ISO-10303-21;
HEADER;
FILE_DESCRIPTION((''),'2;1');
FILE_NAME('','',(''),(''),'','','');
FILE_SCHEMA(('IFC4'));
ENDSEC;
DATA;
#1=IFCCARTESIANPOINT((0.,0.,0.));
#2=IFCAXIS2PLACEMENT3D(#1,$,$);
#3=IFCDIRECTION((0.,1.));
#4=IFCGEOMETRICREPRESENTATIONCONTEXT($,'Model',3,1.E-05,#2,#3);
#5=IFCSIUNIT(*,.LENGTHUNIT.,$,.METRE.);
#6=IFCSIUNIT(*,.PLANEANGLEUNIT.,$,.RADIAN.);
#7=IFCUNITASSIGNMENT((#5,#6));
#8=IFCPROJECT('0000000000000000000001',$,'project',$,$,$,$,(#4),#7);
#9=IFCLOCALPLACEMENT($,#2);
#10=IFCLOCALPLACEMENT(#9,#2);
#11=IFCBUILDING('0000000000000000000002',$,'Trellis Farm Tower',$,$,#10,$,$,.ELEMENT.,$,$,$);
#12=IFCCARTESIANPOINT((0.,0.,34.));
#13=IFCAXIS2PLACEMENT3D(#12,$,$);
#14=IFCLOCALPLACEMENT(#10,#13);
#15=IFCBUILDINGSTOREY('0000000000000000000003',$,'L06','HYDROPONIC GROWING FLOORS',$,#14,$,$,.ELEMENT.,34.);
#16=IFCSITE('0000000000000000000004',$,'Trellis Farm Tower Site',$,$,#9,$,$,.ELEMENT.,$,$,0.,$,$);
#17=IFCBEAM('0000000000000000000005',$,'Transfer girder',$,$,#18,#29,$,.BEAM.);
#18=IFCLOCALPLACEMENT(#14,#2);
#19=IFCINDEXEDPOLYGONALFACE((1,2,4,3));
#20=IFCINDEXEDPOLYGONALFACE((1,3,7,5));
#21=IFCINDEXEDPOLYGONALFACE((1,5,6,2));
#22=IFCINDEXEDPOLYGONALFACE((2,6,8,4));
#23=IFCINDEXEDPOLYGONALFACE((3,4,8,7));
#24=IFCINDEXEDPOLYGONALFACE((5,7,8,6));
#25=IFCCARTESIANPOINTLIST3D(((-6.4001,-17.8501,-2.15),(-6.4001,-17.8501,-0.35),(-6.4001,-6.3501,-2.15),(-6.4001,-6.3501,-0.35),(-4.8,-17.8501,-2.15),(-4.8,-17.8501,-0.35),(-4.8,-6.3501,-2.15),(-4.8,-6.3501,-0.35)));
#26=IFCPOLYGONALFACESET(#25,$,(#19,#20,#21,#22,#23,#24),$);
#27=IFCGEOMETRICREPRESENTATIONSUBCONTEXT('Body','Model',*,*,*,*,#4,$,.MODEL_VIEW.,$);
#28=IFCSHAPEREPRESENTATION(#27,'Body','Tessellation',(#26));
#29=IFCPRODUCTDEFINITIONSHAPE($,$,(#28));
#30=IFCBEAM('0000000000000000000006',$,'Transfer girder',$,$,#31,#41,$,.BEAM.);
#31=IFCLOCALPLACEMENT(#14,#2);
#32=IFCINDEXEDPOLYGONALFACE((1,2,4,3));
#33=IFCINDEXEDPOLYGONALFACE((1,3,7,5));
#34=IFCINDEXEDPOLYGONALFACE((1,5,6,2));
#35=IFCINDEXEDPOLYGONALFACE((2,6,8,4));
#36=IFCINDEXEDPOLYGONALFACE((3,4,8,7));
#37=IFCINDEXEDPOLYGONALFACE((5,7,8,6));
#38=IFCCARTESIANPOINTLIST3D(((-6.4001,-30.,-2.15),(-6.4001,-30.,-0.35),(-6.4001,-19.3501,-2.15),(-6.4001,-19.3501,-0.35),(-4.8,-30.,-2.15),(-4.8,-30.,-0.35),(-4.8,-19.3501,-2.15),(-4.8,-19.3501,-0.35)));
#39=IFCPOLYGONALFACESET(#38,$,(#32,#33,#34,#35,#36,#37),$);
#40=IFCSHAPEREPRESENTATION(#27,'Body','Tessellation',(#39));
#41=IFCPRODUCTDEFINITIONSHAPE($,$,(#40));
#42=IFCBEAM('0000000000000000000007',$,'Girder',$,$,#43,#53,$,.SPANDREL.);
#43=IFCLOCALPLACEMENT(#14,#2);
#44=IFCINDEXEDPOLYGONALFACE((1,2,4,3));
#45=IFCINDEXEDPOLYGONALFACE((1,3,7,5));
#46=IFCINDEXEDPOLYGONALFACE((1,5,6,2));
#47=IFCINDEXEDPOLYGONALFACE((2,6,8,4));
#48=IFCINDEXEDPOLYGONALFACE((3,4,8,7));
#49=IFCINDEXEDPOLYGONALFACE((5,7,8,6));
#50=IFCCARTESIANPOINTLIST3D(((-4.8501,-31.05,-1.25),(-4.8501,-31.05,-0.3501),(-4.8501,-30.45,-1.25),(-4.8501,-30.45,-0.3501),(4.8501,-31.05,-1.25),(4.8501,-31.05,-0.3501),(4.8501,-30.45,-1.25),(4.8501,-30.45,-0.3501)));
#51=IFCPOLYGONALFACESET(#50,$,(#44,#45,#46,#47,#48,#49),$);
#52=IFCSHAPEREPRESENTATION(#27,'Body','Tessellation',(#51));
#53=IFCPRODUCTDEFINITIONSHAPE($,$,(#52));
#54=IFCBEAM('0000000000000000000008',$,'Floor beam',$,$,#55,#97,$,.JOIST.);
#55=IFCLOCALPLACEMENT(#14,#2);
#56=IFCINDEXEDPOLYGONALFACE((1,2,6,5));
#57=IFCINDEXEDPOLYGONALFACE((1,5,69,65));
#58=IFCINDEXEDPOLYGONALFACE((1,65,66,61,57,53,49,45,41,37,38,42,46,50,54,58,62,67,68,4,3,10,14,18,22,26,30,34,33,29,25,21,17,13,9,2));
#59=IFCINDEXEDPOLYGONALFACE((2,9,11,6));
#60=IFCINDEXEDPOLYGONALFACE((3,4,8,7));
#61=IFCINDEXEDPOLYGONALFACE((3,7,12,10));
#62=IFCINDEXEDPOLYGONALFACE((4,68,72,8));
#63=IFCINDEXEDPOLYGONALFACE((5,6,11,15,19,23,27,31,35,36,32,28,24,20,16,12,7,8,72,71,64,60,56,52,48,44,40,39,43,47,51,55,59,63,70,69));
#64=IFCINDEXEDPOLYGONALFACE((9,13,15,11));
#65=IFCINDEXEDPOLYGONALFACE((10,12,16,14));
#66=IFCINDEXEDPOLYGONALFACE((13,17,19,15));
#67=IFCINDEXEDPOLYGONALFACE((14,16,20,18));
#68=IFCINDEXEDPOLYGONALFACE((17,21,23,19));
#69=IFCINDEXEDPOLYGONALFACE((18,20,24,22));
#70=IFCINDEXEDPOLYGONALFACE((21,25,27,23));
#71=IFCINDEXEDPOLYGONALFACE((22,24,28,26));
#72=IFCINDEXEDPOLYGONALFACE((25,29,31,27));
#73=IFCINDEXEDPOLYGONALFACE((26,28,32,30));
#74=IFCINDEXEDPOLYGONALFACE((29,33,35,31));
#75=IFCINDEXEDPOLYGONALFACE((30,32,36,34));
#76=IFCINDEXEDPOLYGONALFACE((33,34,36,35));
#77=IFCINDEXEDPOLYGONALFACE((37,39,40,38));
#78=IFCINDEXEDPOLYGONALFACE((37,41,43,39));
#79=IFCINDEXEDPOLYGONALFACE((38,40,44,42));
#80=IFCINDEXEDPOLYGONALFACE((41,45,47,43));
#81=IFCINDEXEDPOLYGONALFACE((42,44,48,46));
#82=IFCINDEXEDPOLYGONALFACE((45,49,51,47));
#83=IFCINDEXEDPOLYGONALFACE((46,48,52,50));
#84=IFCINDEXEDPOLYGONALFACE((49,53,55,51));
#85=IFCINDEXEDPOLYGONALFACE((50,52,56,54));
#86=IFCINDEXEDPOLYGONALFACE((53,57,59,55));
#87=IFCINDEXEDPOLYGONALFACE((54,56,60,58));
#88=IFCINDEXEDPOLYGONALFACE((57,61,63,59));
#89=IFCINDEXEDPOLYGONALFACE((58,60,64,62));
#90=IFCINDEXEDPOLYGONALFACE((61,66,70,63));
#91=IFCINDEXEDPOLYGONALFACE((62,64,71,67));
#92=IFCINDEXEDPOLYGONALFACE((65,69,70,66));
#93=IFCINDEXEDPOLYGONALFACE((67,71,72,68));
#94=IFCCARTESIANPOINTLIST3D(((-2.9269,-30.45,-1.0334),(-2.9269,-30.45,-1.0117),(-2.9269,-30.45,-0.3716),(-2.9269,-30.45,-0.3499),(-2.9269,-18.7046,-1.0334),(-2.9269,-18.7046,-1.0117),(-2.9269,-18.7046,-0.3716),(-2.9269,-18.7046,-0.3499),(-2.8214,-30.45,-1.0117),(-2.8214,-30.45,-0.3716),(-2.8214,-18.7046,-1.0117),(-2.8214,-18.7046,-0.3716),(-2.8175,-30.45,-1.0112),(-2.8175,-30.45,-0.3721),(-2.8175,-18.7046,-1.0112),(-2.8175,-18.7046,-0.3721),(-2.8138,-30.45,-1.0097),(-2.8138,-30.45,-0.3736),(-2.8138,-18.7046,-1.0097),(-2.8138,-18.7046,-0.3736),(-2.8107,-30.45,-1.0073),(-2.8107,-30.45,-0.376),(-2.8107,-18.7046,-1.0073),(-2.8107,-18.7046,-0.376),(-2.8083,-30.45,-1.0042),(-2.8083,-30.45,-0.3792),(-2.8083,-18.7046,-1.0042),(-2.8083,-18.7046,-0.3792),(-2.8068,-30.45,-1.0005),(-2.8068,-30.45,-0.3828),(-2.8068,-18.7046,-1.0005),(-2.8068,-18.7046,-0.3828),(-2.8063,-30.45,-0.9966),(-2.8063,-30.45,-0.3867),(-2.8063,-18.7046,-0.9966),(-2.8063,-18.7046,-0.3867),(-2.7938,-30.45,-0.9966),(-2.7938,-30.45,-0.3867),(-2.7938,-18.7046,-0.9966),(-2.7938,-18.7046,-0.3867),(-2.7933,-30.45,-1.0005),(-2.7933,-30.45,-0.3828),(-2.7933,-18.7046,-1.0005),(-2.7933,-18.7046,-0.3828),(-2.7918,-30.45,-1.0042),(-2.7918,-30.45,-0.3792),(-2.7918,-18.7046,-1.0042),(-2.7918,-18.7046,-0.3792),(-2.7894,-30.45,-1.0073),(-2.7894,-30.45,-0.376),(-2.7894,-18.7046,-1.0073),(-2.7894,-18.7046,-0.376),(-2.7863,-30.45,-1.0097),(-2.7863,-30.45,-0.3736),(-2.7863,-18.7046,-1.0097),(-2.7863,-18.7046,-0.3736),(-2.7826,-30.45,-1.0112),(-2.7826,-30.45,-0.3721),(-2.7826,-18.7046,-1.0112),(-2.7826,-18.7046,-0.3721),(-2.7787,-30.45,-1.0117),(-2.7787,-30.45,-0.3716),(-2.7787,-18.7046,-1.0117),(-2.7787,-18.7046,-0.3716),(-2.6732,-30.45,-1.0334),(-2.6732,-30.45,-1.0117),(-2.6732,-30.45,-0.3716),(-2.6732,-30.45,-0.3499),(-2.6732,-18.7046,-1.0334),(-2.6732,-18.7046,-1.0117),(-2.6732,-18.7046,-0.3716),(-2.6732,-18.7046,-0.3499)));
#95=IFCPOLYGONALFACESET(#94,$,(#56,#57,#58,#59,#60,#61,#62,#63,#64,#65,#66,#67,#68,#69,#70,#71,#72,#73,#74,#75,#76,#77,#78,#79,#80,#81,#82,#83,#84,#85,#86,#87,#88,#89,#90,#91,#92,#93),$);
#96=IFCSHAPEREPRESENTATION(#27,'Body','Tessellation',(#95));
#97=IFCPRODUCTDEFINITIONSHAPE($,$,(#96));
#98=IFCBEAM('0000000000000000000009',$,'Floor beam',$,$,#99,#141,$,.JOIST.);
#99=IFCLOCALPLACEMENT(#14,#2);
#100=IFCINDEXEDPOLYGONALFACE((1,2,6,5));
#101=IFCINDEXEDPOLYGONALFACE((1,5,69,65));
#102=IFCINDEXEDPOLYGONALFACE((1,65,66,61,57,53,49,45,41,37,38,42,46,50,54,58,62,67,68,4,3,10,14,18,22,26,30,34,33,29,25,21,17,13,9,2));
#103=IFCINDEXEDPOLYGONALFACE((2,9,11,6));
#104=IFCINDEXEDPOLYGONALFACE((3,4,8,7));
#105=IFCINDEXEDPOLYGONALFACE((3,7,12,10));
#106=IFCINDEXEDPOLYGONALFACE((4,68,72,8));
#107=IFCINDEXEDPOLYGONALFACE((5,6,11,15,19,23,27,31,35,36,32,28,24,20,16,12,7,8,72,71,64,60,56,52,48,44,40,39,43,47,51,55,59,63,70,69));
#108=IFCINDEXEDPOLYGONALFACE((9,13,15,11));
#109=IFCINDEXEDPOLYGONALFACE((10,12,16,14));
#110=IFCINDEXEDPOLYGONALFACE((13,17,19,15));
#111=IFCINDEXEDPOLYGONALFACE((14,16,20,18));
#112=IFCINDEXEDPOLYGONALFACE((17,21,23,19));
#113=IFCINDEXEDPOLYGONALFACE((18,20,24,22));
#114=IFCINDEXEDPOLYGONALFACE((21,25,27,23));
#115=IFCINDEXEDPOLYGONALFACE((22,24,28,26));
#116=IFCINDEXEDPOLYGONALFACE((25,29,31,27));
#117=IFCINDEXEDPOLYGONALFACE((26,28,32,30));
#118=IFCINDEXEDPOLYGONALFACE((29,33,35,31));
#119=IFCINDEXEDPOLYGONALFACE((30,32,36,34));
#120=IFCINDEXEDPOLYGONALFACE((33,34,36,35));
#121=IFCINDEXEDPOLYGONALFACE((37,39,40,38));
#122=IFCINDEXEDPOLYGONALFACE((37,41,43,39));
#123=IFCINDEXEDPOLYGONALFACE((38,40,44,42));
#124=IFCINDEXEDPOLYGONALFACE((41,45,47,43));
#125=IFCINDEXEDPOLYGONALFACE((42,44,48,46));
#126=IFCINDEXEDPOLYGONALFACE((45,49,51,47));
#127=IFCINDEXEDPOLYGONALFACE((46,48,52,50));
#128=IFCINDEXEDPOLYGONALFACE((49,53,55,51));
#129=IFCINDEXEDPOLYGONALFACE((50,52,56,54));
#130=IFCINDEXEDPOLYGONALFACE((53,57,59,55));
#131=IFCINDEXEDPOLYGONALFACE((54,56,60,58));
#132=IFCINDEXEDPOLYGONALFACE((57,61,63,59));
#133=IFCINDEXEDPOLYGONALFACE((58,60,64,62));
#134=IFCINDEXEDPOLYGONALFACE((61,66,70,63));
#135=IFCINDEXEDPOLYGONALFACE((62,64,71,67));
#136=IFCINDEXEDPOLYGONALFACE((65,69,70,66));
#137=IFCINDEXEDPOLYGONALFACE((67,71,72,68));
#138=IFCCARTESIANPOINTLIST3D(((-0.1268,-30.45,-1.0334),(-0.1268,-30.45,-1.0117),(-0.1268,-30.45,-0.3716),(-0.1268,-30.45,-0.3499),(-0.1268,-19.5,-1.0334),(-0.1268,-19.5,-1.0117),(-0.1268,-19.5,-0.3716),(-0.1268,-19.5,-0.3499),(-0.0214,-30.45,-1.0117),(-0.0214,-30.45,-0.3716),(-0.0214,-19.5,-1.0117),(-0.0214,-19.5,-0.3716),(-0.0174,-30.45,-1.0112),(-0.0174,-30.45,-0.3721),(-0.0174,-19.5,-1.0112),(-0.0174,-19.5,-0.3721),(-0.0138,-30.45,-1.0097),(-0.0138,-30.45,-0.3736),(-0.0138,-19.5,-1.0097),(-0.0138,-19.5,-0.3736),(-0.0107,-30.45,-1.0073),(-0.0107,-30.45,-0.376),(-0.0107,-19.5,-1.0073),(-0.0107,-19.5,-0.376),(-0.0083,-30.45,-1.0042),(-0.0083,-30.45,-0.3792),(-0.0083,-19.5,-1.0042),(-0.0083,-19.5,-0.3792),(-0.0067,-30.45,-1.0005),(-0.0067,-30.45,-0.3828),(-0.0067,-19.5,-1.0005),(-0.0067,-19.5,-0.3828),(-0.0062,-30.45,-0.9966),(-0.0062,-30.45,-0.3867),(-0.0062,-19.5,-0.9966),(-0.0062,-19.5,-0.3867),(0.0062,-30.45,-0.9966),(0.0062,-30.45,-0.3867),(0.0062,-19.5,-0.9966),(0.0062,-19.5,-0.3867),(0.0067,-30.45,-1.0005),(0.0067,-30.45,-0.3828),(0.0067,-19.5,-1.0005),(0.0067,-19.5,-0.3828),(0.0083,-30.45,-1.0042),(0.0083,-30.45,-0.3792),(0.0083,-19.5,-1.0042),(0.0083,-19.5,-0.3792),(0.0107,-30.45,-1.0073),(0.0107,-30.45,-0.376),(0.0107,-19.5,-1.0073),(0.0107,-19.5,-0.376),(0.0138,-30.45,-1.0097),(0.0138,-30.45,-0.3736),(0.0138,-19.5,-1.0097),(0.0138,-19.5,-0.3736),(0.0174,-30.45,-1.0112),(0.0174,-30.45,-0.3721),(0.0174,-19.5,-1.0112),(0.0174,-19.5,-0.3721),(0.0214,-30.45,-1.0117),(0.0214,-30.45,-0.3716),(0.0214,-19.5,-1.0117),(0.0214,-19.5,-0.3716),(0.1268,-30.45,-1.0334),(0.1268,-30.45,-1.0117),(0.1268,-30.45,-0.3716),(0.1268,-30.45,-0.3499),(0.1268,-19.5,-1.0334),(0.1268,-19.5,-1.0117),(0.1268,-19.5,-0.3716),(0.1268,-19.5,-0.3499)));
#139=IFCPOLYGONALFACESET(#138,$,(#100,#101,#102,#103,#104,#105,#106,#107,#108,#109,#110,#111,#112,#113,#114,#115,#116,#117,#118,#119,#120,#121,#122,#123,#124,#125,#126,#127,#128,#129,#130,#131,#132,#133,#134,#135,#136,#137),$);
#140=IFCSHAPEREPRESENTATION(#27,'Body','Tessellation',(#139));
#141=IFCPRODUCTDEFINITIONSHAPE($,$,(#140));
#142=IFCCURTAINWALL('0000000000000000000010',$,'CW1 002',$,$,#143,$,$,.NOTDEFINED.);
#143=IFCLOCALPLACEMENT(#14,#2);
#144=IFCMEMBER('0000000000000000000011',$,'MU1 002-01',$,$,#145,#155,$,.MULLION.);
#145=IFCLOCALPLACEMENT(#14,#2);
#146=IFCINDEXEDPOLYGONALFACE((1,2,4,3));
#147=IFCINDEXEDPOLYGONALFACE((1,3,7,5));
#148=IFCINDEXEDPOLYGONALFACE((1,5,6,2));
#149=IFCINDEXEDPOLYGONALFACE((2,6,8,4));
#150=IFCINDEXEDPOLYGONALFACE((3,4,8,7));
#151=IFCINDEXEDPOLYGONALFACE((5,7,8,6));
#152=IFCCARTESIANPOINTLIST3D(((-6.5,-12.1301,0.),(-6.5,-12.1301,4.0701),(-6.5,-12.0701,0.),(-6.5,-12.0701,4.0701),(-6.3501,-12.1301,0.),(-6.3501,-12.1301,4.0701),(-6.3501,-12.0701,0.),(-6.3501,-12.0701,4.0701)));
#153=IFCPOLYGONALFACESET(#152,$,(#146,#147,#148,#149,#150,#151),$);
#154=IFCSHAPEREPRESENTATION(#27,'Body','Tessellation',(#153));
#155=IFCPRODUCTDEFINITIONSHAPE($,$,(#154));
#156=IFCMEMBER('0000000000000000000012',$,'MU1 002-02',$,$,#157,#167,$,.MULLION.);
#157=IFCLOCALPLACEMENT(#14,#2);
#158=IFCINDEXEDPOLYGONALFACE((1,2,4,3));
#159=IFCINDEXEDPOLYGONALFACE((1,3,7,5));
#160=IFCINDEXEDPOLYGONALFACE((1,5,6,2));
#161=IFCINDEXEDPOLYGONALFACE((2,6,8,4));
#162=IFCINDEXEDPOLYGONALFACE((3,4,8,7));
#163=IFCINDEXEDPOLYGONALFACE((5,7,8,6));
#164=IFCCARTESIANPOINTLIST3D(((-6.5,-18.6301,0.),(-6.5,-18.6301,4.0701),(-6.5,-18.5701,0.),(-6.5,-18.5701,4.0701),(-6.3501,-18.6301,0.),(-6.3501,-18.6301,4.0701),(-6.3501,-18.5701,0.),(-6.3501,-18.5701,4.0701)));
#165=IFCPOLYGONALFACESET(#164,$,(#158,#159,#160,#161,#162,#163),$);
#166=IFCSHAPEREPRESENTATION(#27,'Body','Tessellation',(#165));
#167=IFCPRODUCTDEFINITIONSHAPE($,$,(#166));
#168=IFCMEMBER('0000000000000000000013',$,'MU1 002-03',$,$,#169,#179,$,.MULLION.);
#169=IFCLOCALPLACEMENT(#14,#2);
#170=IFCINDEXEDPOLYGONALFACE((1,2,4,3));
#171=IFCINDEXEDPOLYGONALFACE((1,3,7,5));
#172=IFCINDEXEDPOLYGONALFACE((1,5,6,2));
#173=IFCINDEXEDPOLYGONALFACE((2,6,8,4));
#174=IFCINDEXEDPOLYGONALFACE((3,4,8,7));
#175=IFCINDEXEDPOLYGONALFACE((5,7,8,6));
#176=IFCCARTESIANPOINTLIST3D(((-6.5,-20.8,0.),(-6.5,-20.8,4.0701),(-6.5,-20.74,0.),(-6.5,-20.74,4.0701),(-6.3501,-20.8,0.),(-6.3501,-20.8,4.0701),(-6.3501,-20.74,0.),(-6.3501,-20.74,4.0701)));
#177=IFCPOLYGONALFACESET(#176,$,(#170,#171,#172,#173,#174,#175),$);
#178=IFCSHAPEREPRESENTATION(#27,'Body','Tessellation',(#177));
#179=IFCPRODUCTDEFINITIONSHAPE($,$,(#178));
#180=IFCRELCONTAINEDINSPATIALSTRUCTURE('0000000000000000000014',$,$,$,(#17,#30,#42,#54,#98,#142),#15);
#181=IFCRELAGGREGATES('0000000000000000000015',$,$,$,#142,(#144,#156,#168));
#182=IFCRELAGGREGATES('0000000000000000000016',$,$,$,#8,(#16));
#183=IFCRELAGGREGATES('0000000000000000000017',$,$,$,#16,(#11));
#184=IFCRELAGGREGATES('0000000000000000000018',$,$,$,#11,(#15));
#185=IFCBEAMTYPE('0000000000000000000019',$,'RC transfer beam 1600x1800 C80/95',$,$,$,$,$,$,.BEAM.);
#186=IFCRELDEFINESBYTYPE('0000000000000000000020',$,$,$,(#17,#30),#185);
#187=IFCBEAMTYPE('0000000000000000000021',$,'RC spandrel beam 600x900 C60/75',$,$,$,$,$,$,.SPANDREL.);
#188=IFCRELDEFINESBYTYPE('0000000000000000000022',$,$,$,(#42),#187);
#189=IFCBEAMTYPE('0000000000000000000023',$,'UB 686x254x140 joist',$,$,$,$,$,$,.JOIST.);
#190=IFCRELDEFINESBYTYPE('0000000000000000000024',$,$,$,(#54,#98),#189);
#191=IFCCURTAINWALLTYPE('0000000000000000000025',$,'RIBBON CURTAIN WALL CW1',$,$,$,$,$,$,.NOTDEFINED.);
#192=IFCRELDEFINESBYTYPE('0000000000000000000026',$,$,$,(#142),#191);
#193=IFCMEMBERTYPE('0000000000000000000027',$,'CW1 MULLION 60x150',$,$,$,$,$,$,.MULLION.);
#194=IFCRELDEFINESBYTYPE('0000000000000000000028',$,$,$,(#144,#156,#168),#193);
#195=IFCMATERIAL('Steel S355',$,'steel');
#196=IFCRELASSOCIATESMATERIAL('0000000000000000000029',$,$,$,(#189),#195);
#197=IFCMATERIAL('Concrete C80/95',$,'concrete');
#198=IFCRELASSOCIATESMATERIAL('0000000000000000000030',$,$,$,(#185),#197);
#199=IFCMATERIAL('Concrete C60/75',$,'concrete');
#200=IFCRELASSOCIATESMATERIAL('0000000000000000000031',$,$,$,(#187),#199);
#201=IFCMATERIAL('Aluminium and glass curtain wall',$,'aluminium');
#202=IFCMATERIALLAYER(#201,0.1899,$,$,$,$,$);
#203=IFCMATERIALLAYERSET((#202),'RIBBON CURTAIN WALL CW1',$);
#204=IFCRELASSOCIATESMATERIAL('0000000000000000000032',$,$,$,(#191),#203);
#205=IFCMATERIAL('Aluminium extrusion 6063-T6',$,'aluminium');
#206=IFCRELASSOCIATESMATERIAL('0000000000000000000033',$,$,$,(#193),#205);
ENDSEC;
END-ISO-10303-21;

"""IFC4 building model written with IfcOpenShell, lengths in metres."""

from ifc_helpers import new_model, si_unit, direction, frame, origin, origin_2d, place, context, subcontext, project, spatial, rectangle, i_section, extrude, source, transform, mapped, material, layer, layer_set, material_profile, profile_set, type_object, element, aggregate, save


model = new_model("IFC4")

# Units and contexts
model_context = context("Model", 3, precision=1e-05, world=origin(), true_north=direction((0.0, 1.0)))
body_context = subcontext(model_context, "Body", "Model", "MODEL_VIEW")
ifc_project = project(units=[si_unit("LENGTHUNIT", "METRE"), si_unit("PLANEANGLEUNIT", "RADIAN")], contexts=[model_context])

# Site, building, storey
site_placement = place(None, origin())
site = spatial("IfcSite", under=ifc_project, at=site_placement, Name="Trellis Farm Tower Site", CompositionType="ELEMENT", RefElevation=0.0)
building_placement = place(site_placement, origin())
building = spatial("IfcBuilding", under=site, at=building_placement, Name="Trellis Farm Tower", CompositionType="ELEMENT")
storey_placement = place(building_placement, frame((0.0, 0.0, 34.0)))
storey = spatial("IfcBuildingStorey", under=building, at=storey_placement, Name="L06", Description="HYDROPONIC GROWING FLOORS", CompositionType="ELEMENT", Elevation=34.0)

# Shared definitions
ifc_material_1 = material(Name="Concrete C80/95", Category="concrete")

# Beams
ifc_material_2 = material(Name="Steel S355", Category="steel")
ifc_material_profile_1 = material_profile(ifc_material_2, i_section(OverallWidth=0.2537, OverallDepth=0.6836, WebThickness=0.0125, FlangeThickness=0.0217, FilletRadius=0.0151, at=origin_2d()), Name="UB 686x254x140")
ifc_profile_set_1 = profile_set([ifc_material_profile_1], Name="Steel S355")
beam_type_1 = type_object("IfcBeamType", Name="UB 686x254x140 joist", PredefinedType="JOIST", material=ifc_profile_set_1)
ifc_material_profile_2 = material_profile(ifc_material_1, rectangle(XDim=1.6001, YDim=1.8, at=origin_2d()), Name="RC transfer beam 1600x1800 C80/95")
ifc_profile_set_2 = profile_set([ifc_material_profile_2], Name="Concrete C80/95")
beam_type_2 = type_object("IfcBeamType", Name="RC transfer beam 1600x1800 C80/95", PredefinedType="BEAM", material=ifc_profile_set_2)
shared_shape_1 = source(origin(), body_context, "Body", "SweptSolid", [
    extrude(rectangle(XDim=1.6001, YDim=1.8, at=origin_2d()), origin(), (0.0, 0.0, 1.0), 11.5),
])
beam_1_placement = place(storey_placement, frame((-5.6001, -17.8501, -1.25), z_axis=(0.0, 1.0, 0.0), x_axis=(-1.0, 0.0, 0.0)))
element("IfcBeam", 1, at=beam_1_placement, inside=storey, type_object=beam_type_2, Name="Transfer girder", PredefinedType="BEAM", context=body_context, shape_type="MappedRepresentation", body=[
    mapped(shared_shape_1, transform((0.0, 0.0, 0.0))),
])
shared_shape_2 = source(origin(), body_context, "Body", "SweptSolid", [
    extrude(rectangle(XDim=1.6001, YDim=1.8, at=origin_2d()), origin(), (0.0, 0.0, 1.0), 10.6499),
])
beam_2_placement = place(storey_placement, frame((-5.6001, -30.0, -1.25), z_axis=(0.0, 1.0, 0.0), x_axis=(-1.0, 0.0, 0.0)))
element("IfcBeam", 2, at=beam_2_placement, inside=storey, type_object=beam_type_2, Name="Transfer girder", PredefinedType="BEAM", context=body_context, shape_type="MappedRepresentation", body=[
    mapped(shared_shape_2, transform((0.0, 0.0, 0.0))),
])
ifc_material_3 = material(Name="Concrete C60/75", Category="concrete")
ifc_material_profile_3 = material_profile(ifc_material_3, rectangle(XDim=0.6001, YDim=0.8999, at=origin_2d()), Name="RC spandrel beam 600x900 C60/75")
ifc_profile_set_3 = profile_set([ifc_material_profile_3], Name="Concrete C60/75")
beam_type_3 = type_object("IfcBeamType", Name="RC spandrel beam 600x900 C60/75", PredefinedType="SPANDREL", material=ifc_profile_set_3)
shared_shape_3 = source(origin(), body_context, "Body", "SweptSolid", [
    extrude(rectangle(XDim=0.6001, YDim=0.8999, at=origin_2d()), origin(), (0.0, 0.0, 1.0), 9.7002),
])
beam_3_placement = place(storey_placement, frame((-4.8501, -30.75, -0.8), z_axis=(1.0, 0.0, 0.0), x_axis=(0.0, 1.0, 0.0)))
element("IfcBeam", 3, at=beam_3_placement, inside=storey, type_object=beam_type_3, Name="Girder", PredefinedType="SPANDREL", context=body_context, shape_type="MappedRepresentation", body=[
    mapped(shared_shape_3, transform((0.0, 0.0, 0.0))),
])
shared_shape_4 = source(origin(), body_context, "Body", "SweptSolid", [
    extrude(i_section(OverallWidth=0.2537, OverallDepth=0.6836, WebThickness=0.0125, FlangeThickness=0.0217, FilletRadius=0.0151, at=origin_2d()), origin(), (0.0, 0.0, 1.0), 11.7454),
])
beam_4_placement = place(storey_placement, frame((-2.8, -30.45, -0.6917), z_axis=(0.0, 1.0, 0.0), x_axis=(-1.0, 0.0, 0.0)))
element("IfcBeam", 4, at=beam_4_placement, inside=storey, type_object=beam_type_1, Name="Floor beam", PredefinedType="JOIST", context=body_context, shape_type="MappedRepresentation", body=[
    mapped(shared_shape_4, transform((0.0, 0.0, 0.0))),
])
shared_shape_5 = source(origin(), body_context, "Body", "SweptSolid", [
    extrude(i_section(OverallWidth=0.2537, OverallDepth=0.6836, WebThickness=0.0125, FlangeThickness=0.0217, FilletRadius=0.0151, at=origin_2d()), origin(), (0.0, 0.0, 1.0), 10.95),
])
beam_5_placement = place(storey_placement, frame((0.0, -30.45, -0.6917), z_axis=(0.0, 1.0, 0.0), x_axis=(-1.0, 0.0, 0.0)))
element("IfcBeam", 5, at=beam_5_placement, inside=storey, type_object=beam_type_1, Name="Floor beam", PredefinedType="JOIST", context=body_context, shape_type="MappedRepresentation", body=[
    mapped(shared_shape_5, transform((0.0, 0.0, 0.0))),
])

# Curtain wall, members
ifc_material_4 = material(Name="Aluminium and glass curtain wall", Category="aluminium")
ifc_layer_1 = layer(ifc_material_4, 0.1899)
ifc_layer_set_1 = layer_set([ifc_layer_1], Name="RIBBON CURTAIN WALL CW1")
curtain_wall_type = type_object("IfcCurtainWallType", Name="RIBBON CURTAIN WALL CW1", PredefinedType="NOTDEFINED", material=ifc_layer_set_1)
placement = place(storey_placement, origin())
curtain_wall_1 = element("IfcCurtainWall", 6, at=placement, inside=storey, type_object=curtain_wall_type, Name="CW1 002", PredefinedType="NOTDEFINED")
ifc_material_5 = material(Name="Aluminium extrusion 6063-T6", Category="aluminium")
ifc_material_profile_4 = material_profile(ifc_material_5, rectangle(XDim=0.0601, YDim=0.1499, at=origin_2d()), Name="MULLION 60x150")
ifc_profile_set_4 = profile_set([ifc_material_profile_4], Name="Aluminium extrusion 6063-T6")
member_type = type_object("IfcMemberType", Name="CW1 MULLION 60x150", PredefinedType="MULLION", material=ifc_profile_set_4)
shared_shape_6 = source(origin(), body_context, "Body", "SweptSolid", [
    extrude(rectangle(XDim=0.0601, YDim=0.1499, at=origin_2d()), origin(), (0.0, 0.0, 1.0), 4.0701),
])
member_1_placement = place(storey_placement, frame((-6.425, -12.1001, 0.0), z_axis=(0.0, 0.0, 1.0), x_axis=(0.0, -1.0, 0.0)))
member_1 = element("IfcMember", 7, at=member_1_placement, type_object=member_type, Name="MU1 002-01", PredefinedType="MULLION", context=body_context, shape_type="MappedRepresentation", body=[
    mapped(shared_shape_6, transform((0.0, 0.0, 0.0))),
])
member_2_placement = place(storey_placement, frame((-6.425, -18.6001, 0.0), z_axis=(0.0, 0.0, 1.0), x_axis=(0.0, -1.0, 0.0)))
member_2 = element("IfcMember", 8, at=member_2_placement, type_object=member_type, Name="MU1 002-02", PredefinedType="MULLION", context=body_context, shape_type="MappedRepresentation", body=[
    mapped(shared_shape_6, transform((0.0, 0.0, 0.0))),
])
member_3_placement = place(storey_placement, frame((-6.425, -20.77, 0.0), z_axis=(0.0, 0.0, 1.0), x_axis=(0.0, -1.0, 0.0)))
member_3 = element("IfcMember", 9, at=member_3_placement, type_object=member_type, Name="MU1 002-03", PredefinedType="MULLION", context=body_context, shape_type="MappedRepresentation", body=[
    mapped(shared_shape_6, transform((0.0, 0.0, 0.0))),
])
aggregate(curtain_wall_1, [member_1, member_2, member_3])

save(model, "model.ifc")
